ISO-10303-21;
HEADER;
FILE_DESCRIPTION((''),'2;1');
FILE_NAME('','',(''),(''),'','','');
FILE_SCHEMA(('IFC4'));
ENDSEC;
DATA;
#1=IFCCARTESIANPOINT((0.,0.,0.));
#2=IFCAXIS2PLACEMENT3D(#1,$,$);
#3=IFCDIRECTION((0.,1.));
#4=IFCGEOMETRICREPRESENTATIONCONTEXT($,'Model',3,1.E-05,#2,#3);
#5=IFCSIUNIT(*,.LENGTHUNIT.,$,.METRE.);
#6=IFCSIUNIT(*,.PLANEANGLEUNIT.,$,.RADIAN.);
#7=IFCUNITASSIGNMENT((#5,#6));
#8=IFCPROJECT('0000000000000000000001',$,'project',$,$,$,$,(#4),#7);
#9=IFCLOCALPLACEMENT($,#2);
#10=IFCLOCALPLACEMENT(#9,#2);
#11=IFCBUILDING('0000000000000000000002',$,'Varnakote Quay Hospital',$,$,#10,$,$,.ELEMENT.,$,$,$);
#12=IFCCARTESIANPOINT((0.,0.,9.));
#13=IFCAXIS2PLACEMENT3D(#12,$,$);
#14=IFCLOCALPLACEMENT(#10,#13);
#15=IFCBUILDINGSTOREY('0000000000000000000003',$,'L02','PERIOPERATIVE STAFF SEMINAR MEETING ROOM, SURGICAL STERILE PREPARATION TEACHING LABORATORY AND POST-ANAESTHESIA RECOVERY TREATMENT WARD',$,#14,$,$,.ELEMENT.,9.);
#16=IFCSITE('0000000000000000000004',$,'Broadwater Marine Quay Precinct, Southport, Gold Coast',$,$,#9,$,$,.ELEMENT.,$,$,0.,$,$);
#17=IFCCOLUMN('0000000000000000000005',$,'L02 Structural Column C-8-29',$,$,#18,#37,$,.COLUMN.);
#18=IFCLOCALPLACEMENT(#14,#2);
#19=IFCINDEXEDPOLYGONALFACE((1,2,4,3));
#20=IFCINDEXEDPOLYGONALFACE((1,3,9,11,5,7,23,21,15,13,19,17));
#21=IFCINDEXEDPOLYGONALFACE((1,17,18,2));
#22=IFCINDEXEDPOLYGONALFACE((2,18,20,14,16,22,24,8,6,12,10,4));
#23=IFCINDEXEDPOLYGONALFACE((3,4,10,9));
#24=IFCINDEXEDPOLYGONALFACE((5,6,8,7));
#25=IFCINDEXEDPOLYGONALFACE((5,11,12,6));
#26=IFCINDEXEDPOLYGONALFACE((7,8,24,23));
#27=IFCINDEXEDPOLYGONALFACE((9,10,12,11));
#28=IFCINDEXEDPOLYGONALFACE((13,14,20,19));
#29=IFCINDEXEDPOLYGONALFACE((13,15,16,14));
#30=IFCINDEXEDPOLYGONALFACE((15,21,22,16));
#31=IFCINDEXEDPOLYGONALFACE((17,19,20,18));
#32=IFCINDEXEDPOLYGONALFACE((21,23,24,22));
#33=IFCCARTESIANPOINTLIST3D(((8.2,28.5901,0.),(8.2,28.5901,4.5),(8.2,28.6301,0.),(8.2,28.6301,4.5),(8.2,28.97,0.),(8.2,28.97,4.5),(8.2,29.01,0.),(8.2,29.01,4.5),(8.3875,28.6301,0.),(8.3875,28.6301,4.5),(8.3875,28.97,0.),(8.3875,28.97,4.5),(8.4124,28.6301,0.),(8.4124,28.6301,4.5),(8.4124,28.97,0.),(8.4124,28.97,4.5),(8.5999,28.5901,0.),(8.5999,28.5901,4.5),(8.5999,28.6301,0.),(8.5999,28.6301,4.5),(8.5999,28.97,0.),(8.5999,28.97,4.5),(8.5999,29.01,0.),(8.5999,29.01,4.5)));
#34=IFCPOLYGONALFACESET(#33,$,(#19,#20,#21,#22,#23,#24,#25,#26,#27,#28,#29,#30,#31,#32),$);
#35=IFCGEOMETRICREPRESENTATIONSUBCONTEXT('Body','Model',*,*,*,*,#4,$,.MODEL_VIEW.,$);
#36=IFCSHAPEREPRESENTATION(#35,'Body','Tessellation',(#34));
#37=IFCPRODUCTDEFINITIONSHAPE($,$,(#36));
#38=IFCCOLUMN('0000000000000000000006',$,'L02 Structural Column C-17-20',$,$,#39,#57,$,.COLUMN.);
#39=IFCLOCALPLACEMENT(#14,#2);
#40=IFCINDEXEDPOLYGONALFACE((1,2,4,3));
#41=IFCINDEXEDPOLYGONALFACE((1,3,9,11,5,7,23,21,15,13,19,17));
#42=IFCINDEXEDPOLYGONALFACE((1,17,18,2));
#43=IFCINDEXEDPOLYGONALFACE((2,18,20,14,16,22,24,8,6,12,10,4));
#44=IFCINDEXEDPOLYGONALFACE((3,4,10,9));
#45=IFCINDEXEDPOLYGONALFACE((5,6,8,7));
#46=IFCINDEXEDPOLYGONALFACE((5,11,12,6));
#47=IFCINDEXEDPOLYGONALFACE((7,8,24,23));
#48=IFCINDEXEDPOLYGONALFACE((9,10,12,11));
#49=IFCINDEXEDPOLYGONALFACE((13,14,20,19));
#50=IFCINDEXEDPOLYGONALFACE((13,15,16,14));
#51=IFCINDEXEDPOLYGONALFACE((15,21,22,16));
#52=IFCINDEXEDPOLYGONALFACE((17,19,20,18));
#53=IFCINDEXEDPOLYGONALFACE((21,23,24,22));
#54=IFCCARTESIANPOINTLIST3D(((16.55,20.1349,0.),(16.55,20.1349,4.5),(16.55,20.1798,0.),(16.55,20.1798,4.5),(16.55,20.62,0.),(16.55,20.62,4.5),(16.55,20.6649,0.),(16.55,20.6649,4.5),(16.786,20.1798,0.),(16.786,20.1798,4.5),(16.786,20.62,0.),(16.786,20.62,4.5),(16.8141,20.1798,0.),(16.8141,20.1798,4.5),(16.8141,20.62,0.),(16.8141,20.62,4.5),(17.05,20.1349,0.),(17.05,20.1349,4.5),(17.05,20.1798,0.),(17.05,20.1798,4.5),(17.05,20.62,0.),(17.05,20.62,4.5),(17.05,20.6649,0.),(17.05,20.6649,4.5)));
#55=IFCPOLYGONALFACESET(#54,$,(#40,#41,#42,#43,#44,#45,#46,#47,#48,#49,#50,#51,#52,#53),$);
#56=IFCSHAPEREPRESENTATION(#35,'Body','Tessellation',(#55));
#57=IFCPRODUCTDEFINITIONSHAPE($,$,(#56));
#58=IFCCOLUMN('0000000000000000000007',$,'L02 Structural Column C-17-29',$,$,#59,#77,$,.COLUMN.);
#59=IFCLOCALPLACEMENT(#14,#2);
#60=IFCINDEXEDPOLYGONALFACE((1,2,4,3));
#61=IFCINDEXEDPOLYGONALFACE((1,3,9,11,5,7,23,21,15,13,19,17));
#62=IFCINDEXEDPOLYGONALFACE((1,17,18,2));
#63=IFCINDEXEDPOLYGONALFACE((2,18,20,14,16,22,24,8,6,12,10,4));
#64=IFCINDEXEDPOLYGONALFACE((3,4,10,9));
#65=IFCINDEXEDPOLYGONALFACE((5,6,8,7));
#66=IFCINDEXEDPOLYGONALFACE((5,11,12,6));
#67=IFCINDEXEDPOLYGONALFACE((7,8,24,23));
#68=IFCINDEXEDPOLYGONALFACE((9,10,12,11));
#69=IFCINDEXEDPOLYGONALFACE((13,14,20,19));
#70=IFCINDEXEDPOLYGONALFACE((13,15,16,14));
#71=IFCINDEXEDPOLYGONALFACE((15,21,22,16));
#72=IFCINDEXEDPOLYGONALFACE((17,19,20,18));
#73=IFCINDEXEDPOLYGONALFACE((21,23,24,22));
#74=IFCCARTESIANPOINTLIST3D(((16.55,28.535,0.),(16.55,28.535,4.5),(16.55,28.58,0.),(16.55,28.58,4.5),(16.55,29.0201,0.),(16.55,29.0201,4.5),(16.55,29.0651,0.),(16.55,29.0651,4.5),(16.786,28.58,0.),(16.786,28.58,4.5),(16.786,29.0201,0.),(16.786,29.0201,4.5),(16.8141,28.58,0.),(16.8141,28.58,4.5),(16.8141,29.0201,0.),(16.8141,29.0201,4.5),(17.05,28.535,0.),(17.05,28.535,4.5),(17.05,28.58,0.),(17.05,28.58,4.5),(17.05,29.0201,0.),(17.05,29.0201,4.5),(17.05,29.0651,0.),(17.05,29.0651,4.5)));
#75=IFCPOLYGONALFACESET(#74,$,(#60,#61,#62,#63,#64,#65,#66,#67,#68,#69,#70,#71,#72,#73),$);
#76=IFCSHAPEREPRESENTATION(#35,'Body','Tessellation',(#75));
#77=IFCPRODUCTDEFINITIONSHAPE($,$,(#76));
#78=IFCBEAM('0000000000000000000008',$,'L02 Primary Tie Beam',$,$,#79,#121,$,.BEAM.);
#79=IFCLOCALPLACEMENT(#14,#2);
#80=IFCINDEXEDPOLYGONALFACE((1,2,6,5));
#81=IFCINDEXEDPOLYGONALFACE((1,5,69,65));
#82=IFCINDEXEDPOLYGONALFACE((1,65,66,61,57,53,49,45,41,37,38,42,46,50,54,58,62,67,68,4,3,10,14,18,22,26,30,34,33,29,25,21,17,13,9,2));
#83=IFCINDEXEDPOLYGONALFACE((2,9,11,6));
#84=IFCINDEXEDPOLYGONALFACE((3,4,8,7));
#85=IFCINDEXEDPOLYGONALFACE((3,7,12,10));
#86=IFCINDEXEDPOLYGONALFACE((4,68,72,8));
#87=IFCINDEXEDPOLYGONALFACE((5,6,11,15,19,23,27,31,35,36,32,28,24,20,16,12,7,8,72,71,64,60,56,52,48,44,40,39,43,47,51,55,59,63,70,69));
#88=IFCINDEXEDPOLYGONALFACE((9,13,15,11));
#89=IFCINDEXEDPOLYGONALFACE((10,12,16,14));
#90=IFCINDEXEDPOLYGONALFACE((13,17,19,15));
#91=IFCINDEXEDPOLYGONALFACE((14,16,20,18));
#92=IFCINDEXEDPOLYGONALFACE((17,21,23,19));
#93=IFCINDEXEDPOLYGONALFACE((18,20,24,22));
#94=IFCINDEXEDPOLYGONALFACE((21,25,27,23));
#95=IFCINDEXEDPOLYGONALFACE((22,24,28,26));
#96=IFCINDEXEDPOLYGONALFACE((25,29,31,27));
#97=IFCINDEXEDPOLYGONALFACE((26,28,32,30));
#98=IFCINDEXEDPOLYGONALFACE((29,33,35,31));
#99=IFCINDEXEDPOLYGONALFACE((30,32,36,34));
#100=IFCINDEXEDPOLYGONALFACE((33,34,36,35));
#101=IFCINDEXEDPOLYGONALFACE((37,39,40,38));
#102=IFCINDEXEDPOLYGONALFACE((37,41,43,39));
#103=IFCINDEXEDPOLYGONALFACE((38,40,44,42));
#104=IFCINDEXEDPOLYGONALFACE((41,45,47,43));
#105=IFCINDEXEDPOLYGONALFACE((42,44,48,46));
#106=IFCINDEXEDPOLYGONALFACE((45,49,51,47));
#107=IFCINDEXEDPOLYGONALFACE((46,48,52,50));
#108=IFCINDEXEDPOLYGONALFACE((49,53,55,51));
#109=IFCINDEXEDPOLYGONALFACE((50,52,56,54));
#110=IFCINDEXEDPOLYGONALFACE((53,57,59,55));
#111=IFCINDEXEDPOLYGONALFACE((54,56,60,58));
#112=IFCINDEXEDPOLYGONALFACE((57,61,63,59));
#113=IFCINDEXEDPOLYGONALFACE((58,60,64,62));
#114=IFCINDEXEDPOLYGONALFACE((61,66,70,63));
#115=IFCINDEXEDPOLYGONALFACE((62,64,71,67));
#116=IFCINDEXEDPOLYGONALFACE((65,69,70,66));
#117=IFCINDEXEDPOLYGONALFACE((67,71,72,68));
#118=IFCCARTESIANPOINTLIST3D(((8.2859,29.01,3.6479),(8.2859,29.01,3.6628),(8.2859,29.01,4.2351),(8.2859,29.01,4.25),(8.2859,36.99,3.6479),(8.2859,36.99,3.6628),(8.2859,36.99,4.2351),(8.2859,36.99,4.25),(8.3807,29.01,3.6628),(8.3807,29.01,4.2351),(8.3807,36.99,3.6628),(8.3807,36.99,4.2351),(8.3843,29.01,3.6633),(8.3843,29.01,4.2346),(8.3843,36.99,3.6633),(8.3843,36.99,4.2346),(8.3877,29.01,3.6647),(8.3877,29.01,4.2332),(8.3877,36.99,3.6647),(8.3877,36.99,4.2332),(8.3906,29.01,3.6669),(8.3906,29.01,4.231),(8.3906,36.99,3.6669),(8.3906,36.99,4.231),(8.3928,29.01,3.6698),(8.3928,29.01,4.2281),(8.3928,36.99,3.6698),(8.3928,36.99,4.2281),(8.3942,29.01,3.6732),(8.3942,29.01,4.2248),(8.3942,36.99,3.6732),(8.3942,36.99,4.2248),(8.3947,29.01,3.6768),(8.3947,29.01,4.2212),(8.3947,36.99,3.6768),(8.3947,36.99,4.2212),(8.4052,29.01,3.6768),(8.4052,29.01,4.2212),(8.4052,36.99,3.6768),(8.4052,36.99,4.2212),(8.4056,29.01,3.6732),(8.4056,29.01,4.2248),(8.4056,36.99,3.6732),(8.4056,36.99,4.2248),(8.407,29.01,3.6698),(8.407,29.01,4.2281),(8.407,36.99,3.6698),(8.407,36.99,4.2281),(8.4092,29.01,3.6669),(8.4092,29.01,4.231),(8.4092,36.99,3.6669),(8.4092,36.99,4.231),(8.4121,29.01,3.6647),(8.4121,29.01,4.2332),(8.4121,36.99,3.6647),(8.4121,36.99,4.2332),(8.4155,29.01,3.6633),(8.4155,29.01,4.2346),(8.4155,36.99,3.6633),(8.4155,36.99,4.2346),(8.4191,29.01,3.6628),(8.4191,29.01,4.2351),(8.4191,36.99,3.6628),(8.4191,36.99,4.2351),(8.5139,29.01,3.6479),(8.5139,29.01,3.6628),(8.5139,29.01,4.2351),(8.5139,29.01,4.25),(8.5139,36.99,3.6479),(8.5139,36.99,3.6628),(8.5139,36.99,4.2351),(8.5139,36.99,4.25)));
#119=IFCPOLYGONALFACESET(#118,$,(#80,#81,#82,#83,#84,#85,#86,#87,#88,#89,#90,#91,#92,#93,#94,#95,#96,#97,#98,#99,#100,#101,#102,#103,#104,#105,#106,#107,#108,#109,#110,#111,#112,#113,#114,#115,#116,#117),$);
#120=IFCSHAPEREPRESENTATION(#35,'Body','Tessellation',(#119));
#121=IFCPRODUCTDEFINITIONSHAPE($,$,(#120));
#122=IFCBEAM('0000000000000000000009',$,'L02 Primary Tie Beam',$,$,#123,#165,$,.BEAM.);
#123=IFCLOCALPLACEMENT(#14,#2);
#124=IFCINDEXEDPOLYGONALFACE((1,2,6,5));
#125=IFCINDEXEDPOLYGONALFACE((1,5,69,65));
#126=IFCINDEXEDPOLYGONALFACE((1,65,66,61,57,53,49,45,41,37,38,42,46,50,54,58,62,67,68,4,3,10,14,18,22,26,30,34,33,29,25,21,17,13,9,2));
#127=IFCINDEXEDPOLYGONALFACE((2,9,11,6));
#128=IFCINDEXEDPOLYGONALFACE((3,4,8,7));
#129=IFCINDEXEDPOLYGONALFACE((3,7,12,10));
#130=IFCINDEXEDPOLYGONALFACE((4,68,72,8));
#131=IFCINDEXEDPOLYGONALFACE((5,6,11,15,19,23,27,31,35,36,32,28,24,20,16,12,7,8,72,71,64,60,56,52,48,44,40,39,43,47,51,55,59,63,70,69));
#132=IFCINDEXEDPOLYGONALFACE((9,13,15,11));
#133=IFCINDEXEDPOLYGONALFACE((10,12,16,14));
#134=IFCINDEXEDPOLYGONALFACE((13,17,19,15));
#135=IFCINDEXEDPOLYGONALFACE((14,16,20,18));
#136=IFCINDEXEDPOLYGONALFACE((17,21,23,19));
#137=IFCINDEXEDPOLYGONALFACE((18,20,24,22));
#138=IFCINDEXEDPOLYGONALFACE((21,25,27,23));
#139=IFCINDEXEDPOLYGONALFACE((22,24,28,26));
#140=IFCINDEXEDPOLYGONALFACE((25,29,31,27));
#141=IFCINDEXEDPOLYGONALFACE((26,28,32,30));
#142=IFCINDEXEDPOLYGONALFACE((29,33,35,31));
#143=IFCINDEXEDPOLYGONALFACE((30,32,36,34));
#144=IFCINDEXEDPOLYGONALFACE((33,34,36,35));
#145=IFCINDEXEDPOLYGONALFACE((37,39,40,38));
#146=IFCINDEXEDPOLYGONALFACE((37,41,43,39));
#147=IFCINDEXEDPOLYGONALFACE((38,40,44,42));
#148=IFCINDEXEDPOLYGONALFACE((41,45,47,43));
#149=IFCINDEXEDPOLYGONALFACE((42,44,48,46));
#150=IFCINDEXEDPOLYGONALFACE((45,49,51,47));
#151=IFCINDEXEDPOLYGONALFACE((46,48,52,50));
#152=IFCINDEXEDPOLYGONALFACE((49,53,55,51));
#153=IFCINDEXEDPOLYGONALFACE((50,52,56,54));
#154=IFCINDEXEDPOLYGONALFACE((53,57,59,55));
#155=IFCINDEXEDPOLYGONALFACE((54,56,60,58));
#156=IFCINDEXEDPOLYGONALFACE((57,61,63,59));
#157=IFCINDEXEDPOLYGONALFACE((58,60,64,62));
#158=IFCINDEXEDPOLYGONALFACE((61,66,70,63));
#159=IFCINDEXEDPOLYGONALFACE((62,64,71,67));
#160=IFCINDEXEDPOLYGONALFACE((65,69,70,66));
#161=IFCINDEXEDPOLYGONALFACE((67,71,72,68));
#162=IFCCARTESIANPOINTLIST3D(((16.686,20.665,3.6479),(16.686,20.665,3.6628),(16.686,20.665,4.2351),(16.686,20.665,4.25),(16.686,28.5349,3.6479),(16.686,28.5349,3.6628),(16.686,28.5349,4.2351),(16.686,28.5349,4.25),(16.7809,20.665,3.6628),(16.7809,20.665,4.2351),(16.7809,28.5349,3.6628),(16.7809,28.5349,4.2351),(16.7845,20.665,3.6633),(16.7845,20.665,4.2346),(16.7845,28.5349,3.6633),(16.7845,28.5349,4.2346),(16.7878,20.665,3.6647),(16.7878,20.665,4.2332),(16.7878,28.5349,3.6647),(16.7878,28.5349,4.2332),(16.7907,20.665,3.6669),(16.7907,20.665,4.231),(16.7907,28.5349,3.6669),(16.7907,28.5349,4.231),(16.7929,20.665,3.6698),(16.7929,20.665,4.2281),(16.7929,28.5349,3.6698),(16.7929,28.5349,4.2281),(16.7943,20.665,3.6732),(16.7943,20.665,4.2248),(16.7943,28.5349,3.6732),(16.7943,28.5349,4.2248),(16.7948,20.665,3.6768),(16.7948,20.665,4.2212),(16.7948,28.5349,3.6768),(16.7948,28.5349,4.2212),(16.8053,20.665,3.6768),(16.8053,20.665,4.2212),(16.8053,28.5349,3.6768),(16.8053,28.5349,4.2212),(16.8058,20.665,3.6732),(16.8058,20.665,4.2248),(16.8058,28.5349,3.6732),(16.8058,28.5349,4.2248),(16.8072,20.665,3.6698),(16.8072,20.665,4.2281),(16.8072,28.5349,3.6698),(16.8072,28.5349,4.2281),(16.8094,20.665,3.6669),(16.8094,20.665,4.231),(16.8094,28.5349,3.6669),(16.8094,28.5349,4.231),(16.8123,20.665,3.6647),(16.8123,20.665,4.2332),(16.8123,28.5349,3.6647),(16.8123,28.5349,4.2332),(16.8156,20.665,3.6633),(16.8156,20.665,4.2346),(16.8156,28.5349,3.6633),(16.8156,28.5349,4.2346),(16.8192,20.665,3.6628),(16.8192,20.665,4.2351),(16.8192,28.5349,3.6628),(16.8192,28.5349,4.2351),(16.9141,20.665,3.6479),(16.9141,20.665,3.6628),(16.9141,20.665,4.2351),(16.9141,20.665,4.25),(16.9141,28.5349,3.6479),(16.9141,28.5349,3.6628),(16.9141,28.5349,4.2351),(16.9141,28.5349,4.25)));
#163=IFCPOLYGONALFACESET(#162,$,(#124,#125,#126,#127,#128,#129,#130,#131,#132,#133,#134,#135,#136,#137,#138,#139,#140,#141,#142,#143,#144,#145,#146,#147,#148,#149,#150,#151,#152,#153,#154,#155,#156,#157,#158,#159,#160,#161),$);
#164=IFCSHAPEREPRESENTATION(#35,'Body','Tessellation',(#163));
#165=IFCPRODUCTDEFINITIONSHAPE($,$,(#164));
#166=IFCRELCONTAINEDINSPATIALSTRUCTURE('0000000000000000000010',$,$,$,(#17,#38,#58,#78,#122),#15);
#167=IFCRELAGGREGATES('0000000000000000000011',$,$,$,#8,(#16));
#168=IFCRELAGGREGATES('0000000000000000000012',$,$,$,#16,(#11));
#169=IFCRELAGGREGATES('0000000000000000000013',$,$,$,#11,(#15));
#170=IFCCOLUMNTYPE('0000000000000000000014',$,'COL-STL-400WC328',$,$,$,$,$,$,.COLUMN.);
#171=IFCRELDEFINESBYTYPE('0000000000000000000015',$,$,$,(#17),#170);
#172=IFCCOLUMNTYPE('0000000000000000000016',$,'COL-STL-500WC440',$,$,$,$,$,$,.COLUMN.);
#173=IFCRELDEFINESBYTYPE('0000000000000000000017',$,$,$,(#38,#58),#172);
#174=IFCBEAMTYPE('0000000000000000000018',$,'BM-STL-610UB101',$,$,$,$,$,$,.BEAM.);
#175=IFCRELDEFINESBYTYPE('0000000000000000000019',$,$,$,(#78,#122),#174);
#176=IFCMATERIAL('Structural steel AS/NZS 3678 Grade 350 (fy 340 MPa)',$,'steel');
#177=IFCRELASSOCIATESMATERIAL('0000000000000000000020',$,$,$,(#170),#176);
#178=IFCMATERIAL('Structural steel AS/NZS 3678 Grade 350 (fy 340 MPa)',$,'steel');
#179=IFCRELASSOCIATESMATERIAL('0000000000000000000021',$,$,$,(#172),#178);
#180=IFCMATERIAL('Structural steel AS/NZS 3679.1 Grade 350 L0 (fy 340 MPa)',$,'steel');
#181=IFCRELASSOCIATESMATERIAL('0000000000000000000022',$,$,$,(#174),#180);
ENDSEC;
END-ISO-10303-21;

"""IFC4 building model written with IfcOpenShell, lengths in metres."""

from ifc_helpers import new_model, si_unit, direction, frame, origin, origin_2d, place, context, subcontext, project, spatial, i_section, extrude, material, material_profile, profile_set, type_object, element, save


model = new_model("IFC4")

# Units and contexts
model_context = context("Model", 3, precision=1e-05, world=origin(), true_north=direction((0.0, 1.0)))
body_context = subcontext(model_context, "Body", "Model", "MODEL_VIEW")
ifc_project = project(units=[si_unit("LENGTHUNIT", "METRE"), si_unit("PLANEANGLEUNIT", "RADIAN")], contexts=[model_context])

# Site, building, storey
site_placement = place(None, origin())
site = spatial("IfcSite", under=ifc_project, at=site_placement, Name="Broadwater Marine Quay Precinct, Southport, Gold Coast", CompositionType="ELEMENT", RefElevation=0.0)
building_placement = place(site_placement, origin())
building = spatial("IfcBuilding", under=site, at=building_placement, Name="Varnakote Quay Hospital", CompositionType="ELEMENT")
storey_placement = place(building_placement, frame((0.0, 0.0, 9.0)))
storey = spatial("IfcBuildingStorey", under=building, at=storey_placement, Name="L02", Description="PERIOPERATIVE STAFF SEMINAR MEETING ROOM, SURGICAL STERILE PREPARATION TEACHING LABORATORY AND POST-ANAESTHESIA RECOVERY TREATMENT WARD", CompositionType="ELEMENT", Elevation=9.0)

# Columns
ifc_material_1 = material(Name="Structural steel AS/NZS 3678 Grade 350 (fy 340 MPa)", Category="steel")
ifc_material_profile_1 = material_profile(ifc_material_1, i_section(OverallWidth=0.3999, OverallDepth=0.4199, WebThickness=0.0249, FlangeThickness=0.04, at=origin_2d()), Name="400WC328")
ifc_profile_set_1 = profile_set([ifc_material_profile_1], Name="Structural steel AS/NZS 3678 Grade 350 (fy 340 MPa)")
column_type_1 = type_object("IfcColumnType", Name="COL-STL-400WC328", PredefinedType="COLUMN", material=ifc_profile_set_1)
column_placement = place(storey_placement, frame((8.3999, 28.8, 0.0), z_axis=(0.0, 0.0, 1.0), x_axis=(1.0, 0.0, 0.0)))
element("IfcColumn", 1, at=column_placement, inside=storey, type_object=column_type_1, Name="L02 Structural Column C-8-29", PredefinedType="COLUMN", context=body_context, shape_type="SweptSolid", body=[
    extrude(i_section(OverallWidth=0.3999, OverallDepth=0.4199, WebThickness=0.0249, FlangeThickness=0.04, at=origin_2d()), origin(), (0.0, 0.0, 1.0), 4.5),
])
ifc_material_2 = material(Name="Structural steel AS/NZS 3678 Grade 350 (fy 340 MPa)", Category="steel")
ifc_material_profile_2 = material_profile(ifc_material_2, i_section(OverallWidth=0.5, OverallDepth=0.53, WebThickness=0.0281, FlangeThickness=0.0449, at=origin_2d()), Name="500WC440")
ifc_profile_set_2 = profile_set([ifc_material_profile_2], Name="Structural steel AS/NZS 3678 Grade 350 (fy 340 MPa)")
column_type_2 = type_object("IfcColumnType", Name="COL-STL-500WC440", PredefinedType="COLUMN", material=ifc_profile_set_2)
for number, where, z_axis, x_axis, name in (
    (2, (16.8, 20.3999, 0.0), (0.0, 0.0, 1.0), (1.0, 0.0, 0.0), "L02 Structural Column C-17-20"),
    (3, (16.8, 28.8, 0.0), (0.0, 0.0, 1.0), (1.0, 0.0, 0.0), "L02 Structural Column C-17-29"),
):
    element("IfcColumn", number, at=place(storey_placement, frame(where, z_axis=z_axis, x_axis=x_axis)), inside=storey, type_object=column_type_2, Name=name, PredefinedType="COLUMN", context=body_context, shape_type="SweptSolid", body=[
        extrude(i_section(OverallWidth=0.5, OverallDepth=0.53, WebThickness=0.0281, FlangeThickness=0.0449, at=origin_2d()), origin(), (0.0, 0.0, 1.0), 4.5),
    ])

# Beams
ifc_material_3 = material(Name="Structural steel AS/NZS 3679.1 Grade 350 L0 (fy 340 MPa)", Category="steel")
ifc_material_profile_3 = material_profile(ifc_material_3, i_section(OverallWidth=0.228, OverallDepth=0.6021, WebThickness=0.0105, FlangeThickness=0.0149, FilletRadius=0.0139, at=origin_2d()), Name="610UB101")
ifc_profile_set_3 = profile_set([ifc_material_profile_3], Name="Structural steel AS/NZS 3679.1 Grade 350 L0 (fy 340 MPa)")
beam_type_1 = type_object("IfcBeamType", Name="BM-STL-610UB101", PredefinedType="BEAM", material=ifc_profile_set_3)
beam_1_placement = place(storey_placement, frame((8.3999, 29.01, 3.949), z_axis=(0.0, 1.0, 0.0), x_axis=(-1.0, 0.0, 0.0)))
element("IfcBeam", 4, at=beam_1_placement, inside=storey, type_object=beam_type_1, Name="L02 Primary Tie Beam", PredefinedType="BEAM", context=body_context, shape_type="SweptSolid", body=[
    extrude(i_section(OverallWidth=0.228, OverallDepth=0.6021, WebThickness=0.0105, FlangeThickness=0.0149, FilletRadius=0.0139, at=origin_2d()), origin(), (0.0, 0.0, 1.0), 7.98),
])
beam_2_placement = place(storey_placement, frame((16.8, 20.665, 3.949), z_axis=(0.0, 1.0, 0.0), x_axis=(-1.0, 0.0, 0.0)))
element("IfcBeam", 5, at=beam_2_placement, inside=storey, type_object=beam_type_1, Name="L02 Primary Tie Beam", PredefinedType="BEAM", context=body_context, shape_type="SweptSolid", body=[
    extrude(i_section(OverallWidth=0.228, OverallDepth=0.6021, WebThickness=0.0105, FlangeThickness=0.0149, FilletRadius=0.0139, at=origin_2d()), origin(), (0.0, 0.0, 1.0), 7.8699),
])

save(model, "model.ifc")
